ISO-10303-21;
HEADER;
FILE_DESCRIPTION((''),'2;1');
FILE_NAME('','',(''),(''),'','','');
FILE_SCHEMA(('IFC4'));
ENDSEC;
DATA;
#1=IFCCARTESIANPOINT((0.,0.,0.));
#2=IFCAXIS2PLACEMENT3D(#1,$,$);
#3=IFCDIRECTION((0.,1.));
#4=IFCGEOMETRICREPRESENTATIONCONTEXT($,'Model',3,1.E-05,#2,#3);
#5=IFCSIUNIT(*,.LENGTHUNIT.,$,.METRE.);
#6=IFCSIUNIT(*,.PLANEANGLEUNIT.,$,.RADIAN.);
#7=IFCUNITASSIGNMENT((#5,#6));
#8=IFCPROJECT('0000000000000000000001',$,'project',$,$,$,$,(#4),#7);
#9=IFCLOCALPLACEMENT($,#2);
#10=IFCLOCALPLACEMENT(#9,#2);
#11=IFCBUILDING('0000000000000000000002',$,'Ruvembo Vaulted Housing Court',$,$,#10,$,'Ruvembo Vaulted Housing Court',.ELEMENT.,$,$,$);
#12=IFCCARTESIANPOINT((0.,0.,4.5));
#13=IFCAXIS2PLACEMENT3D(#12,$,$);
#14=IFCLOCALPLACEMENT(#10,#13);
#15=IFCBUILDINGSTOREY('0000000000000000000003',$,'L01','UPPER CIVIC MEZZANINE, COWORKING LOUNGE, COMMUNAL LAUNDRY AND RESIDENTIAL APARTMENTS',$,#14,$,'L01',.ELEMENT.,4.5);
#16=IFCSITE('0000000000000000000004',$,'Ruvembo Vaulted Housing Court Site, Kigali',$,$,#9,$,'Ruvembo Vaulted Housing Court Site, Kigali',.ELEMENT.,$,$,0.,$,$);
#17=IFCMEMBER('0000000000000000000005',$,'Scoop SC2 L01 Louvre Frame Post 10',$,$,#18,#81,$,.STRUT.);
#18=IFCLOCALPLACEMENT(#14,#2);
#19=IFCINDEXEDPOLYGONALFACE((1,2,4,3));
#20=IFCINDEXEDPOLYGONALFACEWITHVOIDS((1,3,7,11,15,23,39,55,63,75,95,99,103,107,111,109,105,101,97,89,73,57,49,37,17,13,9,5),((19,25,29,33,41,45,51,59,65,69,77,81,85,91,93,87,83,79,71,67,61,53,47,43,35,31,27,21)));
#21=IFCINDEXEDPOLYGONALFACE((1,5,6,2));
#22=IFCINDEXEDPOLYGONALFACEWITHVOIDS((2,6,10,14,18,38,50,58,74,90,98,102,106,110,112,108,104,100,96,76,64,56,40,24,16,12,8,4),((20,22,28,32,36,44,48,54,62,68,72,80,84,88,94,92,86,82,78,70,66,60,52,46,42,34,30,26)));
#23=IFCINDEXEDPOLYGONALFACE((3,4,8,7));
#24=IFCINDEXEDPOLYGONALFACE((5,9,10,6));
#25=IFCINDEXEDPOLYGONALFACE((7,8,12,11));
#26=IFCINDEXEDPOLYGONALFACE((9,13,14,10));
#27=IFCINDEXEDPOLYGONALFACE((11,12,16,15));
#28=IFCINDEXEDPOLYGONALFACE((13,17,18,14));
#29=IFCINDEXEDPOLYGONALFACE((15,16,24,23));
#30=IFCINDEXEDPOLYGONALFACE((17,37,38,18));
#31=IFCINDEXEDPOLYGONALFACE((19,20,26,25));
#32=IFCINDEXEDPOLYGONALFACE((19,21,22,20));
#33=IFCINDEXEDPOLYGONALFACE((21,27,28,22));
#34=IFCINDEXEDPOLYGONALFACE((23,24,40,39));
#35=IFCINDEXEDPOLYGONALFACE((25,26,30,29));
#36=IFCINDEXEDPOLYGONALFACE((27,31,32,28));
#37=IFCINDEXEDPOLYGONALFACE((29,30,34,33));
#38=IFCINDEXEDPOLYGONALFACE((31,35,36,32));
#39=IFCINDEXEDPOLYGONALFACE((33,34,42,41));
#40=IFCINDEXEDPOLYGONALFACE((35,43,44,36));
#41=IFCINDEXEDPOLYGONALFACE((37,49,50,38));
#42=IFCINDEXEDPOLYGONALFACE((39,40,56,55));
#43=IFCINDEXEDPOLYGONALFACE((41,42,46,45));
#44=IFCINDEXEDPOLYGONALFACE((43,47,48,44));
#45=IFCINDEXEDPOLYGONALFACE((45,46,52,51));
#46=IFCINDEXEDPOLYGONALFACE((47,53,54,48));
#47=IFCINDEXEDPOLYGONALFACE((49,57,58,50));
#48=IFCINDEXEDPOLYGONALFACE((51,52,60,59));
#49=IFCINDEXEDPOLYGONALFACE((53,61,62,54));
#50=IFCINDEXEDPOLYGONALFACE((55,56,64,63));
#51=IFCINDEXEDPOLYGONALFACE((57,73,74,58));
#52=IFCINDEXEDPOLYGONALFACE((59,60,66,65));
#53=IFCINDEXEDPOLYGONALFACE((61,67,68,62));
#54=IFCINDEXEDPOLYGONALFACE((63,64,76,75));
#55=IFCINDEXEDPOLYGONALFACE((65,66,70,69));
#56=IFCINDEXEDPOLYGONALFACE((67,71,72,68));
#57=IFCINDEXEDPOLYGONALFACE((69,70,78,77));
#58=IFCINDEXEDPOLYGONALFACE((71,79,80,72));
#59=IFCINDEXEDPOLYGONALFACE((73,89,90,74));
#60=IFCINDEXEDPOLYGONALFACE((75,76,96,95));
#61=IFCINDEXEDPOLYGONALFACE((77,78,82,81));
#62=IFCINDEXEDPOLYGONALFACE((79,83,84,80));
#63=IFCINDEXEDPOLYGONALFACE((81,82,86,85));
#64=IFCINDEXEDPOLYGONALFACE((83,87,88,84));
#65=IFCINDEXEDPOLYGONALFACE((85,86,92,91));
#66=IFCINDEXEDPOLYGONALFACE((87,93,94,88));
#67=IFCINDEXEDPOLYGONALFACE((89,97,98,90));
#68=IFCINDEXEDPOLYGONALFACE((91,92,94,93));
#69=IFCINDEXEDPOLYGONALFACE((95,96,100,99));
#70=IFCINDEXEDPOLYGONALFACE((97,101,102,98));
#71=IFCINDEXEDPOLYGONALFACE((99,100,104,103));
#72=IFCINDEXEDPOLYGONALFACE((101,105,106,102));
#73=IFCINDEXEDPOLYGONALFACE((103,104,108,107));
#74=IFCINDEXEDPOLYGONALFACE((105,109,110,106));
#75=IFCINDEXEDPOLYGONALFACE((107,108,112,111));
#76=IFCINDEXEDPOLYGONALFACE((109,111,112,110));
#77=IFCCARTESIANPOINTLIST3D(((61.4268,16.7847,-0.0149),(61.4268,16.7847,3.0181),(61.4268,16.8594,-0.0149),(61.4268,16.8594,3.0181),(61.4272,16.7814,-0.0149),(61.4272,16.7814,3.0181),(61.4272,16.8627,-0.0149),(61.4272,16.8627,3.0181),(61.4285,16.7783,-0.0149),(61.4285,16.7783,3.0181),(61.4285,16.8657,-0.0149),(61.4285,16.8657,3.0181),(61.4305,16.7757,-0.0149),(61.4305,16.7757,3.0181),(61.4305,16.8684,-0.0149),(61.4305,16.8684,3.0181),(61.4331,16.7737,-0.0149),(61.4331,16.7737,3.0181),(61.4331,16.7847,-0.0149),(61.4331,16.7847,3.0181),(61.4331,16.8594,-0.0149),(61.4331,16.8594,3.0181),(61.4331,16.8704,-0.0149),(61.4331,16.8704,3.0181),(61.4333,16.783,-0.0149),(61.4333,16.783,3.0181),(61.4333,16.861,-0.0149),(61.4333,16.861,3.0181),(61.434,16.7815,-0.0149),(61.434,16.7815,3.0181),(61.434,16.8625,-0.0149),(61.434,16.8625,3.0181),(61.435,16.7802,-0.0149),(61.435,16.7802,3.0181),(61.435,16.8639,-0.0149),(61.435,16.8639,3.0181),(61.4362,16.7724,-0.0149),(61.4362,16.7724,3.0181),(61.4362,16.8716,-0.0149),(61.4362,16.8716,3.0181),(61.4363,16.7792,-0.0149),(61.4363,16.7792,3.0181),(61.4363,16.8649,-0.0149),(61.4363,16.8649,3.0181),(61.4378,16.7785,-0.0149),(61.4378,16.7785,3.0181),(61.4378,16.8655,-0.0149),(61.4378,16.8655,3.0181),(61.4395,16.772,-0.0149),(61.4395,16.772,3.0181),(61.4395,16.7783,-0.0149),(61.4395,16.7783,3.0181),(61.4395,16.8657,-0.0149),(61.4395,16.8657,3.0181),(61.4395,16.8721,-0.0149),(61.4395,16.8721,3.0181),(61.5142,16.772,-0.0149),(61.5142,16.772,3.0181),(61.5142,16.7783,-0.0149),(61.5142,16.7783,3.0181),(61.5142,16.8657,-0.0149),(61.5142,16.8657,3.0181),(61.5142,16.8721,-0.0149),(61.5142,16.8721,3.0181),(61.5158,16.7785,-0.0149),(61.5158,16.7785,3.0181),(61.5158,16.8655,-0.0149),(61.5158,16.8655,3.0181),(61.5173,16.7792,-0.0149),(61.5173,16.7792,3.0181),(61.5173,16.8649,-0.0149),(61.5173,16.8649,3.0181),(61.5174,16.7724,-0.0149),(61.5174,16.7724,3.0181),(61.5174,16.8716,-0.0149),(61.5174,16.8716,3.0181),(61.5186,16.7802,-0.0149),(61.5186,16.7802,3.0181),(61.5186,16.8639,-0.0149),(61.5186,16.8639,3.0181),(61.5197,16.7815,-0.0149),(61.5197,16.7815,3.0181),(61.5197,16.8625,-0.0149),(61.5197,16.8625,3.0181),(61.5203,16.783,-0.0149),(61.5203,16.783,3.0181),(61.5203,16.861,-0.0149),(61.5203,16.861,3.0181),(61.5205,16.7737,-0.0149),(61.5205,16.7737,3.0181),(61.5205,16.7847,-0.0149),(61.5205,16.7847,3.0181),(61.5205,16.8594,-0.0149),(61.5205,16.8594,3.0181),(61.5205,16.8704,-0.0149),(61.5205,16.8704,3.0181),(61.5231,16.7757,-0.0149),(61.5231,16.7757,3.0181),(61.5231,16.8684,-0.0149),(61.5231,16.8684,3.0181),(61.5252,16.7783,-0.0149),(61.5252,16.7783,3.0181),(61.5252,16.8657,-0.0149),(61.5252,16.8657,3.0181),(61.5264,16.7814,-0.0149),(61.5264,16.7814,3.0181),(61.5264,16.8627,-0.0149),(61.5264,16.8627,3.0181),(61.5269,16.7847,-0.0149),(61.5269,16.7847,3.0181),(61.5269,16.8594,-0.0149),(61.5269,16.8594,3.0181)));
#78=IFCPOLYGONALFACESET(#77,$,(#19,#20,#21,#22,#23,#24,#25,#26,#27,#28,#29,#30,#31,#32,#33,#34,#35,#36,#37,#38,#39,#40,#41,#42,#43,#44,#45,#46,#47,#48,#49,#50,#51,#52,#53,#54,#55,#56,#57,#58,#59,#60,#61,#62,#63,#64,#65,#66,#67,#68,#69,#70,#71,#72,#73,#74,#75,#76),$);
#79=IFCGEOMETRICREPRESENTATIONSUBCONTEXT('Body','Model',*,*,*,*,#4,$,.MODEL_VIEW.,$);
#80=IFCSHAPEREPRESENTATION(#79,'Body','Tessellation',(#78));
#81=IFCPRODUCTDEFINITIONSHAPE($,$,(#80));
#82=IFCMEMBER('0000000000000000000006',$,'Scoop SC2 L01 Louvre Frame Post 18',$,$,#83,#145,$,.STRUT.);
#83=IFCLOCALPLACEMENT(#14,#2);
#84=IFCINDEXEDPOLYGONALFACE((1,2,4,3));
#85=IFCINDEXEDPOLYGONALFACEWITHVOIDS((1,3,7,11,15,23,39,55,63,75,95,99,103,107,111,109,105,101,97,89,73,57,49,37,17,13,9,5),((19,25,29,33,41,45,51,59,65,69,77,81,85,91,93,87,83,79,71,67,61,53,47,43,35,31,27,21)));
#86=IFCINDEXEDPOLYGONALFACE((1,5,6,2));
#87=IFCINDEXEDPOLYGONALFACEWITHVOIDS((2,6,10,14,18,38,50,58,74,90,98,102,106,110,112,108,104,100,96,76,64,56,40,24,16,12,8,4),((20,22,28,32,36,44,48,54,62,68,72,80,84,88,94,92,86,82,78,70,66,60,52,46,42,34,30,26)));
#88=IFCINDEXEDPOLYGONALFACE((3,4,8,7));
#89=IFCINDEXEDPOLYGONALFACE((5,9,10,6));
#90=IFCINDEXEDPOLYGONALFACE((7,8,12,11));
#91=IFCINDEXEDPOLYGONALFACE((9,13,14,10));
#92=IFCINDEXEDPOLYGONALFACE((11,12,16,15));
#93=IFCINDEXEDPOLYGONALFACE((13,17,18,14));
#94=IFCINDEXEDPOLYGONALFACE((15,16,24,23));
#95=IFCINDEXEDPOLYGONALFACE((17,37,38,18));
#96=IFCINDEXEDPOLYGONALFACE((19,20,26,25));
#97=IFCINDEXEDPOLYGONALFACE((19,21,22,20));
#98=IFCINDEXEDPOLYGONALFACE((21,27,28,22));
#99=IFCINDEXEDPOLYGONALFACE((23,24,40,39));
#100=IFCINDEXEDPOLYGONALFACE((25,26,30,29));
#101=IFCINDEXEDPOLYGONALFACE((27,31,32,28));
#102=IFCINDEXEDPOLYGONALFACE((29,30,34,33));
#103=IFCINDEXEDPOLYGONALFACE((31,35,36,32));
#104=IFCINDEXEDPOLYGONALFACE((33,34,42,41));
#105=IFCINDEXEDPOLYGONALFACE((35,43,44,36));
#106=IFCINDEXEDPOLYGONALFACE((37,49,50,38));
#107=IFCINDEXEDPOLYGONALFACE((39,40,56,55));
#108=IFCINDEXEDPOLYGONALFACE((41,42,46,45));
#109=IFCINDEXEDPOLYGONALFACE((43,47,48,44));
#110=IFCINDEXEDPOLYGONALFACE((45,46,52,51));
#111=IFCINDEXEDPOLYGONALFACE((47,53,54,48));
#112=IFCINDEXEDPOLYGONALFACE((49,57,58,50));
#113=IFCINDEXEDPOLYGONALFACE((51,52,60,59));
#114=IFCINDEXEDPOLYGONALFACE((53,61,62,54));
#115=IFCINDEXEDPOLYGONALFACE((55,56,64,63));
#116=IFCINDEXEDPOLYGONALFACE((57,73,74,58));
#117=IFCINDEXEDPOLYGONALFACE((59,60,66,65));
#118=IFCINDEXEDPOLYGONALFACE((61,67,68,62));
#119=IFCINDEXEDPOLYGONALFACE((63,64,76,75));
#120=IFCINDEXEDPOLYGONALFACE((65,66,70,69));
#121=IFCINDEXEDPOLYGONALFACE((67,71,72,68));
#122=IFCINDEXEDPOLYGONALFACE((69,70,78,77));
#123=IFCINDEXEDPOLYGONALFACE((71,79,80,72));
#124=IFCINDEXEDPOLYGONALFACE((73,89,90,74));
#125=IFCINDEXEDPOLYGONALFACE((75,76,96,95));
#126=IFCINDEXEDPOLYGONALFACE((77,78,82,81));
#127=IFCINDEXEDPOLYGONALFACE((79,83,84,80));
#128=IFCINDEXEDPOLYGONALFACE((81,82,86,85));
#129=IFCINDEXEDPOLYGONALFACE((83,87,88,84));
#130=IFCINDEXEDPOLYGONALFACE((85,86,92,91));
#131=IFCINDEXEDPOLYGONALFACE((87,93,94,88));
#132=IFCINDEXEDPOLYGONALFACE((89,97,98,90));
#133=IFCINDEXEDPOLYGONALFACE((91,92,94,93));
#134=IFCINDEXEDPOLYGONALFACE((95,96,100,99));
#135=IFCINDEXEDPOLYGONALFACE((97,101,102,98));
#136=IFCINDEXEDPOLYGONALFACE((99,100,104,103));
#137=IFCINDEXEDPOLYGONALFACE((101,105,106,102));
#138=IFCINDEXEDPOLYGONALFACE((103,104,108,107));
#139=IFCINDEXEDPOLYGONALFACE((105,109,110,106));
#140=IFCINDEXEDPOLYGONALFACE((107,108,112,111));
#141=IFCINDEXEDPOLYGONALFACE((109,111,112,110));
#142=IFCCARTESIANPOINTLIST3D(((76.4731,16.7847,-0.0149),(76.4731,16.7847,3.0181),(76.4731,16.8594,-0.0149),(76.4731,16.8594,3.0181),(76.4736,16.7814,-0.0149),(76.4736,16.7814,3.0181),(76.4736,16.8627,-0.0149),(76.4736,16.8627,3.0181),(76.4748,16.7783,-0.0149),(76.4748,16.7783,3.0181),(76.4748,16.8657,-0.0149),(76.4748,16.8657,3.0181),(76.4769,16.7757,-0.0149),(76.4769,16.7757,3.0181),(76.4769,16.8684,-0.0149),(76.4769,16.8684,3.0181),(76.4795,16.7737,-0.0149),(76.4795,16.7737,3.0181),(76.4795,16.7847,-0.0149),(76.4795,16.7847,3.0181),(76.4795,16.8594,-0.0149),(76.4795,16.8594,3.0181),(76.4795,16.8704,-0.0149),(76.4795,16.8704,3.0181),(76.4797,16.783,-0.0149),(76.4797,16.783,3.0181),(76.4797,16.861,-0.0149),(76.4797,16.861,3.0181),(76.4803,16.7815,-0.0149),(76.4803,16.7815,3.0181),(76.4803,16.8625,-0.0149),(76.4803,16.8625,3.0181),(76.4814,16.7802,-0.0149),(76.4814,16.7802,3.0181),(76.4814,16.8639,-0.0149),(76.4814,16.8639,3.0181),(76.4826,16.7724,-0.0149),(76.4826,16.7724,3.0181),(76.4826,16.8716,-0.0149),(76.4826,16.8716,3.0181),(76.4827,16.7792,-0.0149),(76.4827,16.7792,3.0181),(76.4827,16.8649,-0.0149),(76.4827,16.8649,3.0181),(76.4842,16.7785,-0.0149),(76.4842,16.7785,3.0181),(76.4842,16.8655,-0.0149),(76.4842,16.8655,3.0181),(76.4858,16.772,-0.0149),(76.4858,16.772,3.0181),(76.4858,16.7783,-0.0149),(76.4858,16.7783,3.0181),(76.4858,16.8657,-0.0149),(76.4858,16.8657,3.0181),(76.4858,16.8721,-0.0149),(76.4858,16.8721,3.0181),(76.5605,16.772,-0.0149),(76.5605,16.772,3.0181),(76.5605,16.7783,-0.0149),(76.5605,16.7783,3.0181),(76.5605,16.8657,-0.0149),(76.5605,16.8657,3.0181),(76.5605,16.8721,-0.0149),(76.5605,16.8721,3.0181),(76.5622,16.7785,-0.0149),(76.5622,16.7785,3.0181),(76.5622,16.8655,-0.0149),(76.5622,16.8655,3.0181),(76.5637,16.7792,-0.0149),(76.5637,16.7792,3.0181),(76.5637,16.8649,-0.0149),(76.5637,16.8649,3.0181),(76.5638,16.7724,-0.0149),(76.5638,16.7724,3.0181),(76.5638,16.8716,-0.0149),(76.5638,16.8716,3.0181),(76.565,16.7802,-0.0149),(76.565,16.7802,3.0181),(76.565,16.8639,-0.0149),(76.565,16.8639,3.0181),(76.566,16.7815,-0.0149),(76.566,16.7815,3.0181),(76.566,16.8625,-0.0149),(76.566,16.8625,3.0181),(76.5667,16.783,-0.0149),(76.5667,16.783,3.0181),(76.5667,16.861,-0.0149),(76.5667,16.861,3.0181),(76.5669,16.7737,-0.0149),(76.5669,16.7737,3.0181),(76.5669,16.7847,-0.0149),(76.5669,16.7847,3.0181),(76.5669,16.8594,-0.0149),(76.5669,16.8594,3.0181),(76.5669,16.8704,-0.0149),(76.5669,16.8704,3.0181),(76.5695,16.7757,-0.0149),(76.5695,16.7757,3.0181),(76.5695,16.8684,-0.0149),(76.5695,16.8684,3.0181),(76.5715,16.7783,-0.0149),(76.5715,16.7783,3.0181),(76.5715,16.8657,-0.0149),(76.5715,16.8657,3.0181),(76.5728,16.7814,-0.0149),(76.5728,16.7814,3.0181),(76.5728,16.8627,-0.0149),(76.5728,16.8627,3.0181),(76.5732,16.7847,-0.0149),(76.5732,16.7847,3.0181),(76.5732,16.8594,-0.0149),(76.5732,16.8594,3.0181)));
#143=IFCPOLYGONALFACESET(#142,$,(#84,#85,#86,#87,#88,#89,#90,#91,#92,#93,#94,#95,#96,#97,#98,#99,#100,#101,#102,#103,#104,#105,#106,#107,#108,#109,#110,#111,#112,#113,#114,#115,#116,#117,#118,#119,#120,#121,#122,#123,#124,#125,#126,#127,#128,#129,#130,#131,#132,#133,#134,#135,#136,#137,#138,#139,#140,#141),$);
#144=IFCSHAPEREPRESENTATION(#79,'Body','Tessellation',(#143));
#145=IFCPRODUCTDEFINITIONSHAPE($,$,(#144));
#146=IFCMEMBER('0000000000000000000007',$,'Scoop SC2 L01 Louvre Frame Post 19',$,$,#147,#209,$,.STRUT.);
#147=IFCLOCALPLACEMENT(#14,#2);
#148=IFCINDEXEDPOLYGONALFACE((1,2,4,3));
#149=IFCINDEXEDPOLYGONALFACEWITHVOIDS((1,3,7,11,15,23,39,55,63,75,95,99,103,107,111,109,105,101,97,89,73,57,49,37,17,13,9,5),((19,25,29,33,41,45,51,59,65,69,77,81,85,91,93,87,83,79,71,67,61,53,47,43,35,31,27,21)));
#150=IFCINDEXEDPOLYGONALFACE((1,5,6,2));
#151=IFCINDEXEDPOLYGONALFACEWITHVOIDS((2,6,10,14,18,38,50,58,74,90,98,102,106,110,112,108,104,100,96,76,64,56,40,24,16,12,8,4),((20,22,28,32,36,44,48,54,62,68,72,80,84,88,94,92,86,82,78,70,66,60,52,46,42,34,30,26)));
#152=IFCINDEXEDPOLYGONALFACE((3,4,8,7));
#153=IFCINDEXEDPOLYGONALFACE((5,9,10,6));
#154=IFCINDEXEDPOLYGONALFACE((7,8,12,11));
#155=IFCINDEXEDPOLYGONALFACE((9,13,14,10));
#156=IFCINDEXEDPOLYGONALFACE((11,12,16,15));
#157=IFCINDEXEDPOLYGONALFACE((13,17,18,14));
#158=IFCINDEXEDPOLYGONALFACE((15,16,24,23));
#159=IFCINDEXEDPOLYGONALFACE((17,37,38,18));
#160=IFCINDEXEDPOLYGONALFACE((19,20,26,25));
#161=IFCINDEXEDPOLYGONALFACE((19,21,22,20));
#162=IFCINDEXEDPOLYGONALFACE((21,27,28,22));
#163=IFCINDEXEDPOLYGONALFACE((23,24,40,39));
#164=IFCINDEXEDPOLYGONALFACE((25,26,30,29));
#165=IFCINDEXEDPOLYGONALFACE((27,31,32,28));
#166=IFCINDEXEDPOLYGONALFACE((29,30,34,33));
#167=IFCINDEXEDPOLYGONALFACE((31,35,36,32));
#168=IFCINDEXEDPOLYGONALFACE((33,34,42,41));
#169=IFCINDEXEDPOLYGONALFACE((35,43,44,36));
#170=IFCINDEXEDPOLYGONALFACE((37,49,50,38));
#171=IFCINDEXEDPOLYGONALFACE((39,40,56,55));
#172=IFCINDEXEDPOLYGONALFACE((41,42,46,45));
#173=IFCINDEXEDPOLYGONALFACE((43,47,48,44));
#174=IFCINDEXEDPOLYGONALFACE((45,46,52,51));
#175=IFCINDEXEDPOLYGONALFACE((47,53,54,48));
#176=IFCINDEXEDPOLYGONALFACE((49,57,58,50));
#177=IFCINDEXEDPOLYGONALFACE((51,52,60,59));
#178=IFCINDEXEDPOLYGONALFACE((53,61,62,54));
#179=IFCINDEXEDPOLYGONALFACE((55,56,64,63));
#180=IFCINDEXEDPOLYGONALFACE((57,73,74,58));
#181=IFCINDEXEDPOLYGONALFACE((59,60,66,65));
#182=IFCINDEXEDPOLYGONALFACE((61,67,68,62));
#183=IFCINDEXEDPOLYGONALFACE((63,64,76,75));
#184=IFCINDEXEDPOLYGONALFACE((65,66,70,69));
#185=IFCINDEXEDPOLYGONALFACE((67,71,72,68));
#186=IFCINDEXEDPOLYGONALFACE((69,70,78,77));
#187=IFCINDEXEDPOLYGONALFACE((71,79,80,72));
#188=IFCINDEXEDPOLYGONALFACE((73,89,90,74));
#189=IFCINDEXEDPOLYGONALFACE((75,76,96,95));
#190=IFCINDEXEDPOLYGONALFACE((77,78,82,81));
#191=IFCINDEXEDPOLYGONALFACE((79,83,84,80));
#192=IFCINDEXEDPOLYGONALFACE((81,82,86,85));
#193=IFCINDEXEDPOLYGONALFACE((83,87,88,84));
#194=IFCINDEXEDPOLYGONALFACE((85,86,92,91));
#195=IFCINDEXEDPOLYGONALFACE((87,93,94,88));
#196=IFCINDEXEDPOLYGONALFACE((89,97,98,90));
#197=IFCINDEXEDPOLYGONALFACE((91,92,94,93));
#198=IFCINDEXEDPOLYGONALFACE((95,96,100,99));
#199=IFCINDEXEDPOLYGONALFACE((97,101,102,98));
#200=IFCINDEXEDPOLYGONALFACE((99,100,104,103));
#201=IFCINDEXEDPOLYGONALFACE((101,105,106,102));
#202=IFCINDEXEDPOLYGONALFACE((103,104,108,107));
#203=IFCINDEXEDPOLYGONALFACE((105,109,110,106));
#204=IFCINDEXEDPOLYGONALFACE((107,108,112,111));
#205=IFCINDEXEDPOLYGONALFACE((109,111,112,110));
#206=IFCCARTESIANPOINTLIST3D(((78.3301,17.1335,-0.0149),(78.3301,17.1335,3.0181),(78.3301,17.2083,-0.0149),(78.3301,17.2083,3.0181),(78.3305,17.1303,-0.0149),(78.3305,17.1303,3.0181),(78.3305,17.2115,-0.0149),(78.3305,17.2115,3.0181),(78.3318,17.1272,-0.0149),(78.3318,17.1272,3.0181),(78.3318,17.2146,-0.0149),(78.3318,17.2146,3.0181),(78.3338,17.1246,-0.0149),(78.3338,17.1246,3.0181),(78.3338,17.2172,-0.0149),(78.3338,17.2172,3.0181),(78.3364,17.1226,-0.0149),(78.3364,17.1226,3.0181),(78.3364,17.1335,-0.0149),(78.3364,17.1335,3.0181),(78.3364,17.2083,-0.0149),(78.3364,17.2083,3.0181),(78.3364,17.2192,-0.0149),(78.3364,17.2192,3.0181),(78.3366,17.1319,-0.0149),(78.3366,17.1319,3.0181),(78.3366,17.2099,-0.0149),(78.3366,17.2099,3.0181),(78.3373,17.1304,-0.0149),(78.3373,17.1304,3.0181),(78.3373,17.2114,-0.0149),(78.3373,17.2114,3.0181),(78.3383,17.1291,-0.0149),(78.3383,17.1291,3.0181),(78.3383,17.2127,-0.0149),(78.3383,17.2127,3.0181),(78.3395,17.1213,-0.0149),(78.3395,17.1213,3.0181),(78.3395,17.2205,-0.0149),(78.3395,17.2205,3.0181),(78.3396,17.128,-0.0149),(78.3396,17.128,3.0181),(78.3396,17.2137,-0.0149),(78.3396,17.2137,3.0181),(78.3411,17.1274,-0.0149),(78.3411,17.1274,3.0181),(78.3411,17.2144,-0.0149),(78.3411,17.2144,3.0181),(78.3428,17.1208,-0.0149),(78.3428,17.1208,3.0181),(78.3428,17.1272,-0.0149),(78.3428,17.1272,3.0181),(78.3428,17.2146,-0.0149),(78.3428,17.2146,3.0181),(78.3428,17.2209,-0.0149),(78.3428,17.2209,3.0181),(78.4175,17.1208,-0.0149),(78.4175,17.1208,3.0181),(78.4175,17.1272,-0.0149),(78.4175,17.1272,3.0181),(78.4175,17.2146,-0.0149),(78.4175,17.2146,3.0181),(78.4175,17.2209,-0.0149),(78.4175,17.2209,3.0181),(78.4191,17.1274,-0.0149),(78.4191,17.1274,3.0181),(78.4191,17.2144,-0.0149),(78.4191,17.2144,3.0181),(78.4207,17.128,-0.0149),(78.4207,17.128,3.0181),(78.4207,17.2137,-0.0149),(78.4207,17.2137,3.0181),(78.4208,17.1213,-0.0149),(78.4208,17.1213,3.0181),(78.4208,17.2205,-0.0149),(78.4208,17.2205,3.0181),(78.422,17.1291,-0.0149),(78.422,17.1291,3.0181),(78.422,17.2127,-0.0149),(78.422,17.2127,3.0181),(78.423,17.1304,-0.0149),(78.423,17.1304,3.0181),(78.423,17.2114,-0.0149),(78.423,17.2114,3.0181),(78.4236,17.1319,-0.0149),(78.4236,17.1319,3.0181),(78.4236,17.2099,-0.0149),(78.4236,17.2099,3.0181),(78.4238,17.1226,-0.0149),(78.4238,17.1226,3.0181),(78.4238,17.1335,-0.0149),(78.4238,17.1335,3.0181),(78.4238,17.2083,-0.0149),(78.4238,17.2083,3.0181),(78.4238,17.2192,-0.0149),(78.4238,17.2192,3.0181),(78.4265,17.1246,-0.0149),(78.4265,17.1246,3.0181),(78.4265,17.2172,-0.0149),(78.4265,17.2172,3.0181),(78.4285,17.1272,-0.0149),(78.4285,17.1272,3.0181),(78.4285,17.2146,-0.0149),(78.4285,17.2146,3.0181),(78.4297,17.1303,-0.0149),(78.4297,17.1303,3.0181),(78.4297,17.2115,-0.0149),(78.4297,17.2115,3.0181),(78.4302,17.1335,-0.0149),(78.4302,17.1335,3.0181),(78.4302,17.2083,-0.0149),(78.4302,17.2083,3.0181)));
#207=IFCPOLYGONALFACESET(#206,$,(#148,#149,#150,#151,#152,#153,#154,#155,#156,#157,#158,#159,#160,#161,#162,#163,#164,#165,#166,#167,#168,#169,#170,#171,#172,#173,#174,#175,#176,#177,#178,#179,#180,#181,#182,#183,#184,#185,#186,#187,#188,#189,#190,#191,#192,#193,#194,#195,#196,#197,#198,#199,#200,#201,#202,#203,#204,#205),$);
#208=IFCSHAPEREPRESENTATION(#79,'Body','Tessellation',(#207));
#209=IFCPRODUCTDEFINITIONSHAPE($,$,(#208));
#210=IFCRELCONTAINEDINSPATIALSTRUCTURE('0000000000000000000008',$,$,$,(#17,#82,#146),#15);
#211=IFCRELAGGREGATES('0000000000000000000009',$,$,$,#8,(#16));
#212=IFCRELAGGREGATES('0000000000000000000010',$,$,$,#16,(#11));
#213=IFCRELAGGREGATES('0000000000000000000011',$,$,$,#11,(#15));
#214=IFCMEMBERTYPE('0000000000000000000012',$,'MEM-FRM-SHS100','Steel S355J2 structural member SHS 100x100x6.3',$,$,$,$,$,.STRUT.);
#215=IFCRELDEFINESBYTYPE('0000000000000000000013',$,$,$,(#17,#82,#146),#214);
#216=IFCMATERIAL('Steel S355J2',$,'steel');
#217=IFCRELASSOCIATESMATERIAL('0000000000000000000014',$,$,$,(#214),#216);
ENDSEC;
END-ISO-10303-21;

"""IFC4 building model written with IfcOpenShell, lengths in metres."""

from ifc_helpers import new_model, si_unit, direction, frame, origin, origin_2d, place, context, subcontext, project, spatial, hollow_rectangle, extrude, material, material_profile, profile_set, type_object, element, save


model = new_model("IFC4")

# Units and contexts
model_context = context("Model", 3, precision=1e-05, world=origin(), true_north=direction((0.0, 1.0)))
body_context = subcontext(model_context, "Body", "Model", "MODEL_VIEW")
ifc_project = project(units=[si_unit("LENGTHUNIT", "METRE"), si_unit("PLANEANGLEUNIT", "RADIAN")], contexts=[model_context])

# Site, building, storey
site_placement = place(None, origin())
site = spatial("IfcSite", under=ifc_project, at=site_placement, Name="Ruvembo Vaulted Housing Court Site, Kigali", LongName="Ruvembo Vaulted Housing Court Site, Kigali", CompositionType="ELEMENT", RefElevation=0.0)
building_placement = place(site_placement, origin())
building = spatial("IfcBuilding", under=site, at=building_placement, Name="Ruvembo Vaulted Housing Court", LongName="Ruvembo Vaulted Housing Court", CompositionType="ELEMENT")
storey_placement = place(building_placement, frame((0.0, 0.0, 4.5)))
storey = spatial("IfcBuildingStorey", under=building, at=storey_placement, Name="L01", Description="UPPER CIVIC MEZZANINE, COWORKING LOUNGE, COMMUNAL LAUNDRY AND RESIDENTIAL APARTMENTS", LongName="L01", CompositionType="ELEMENT", Elevation=4.5)

# Shared definitions
ifc_material_1 = material(Name="Steel S355J2", Category="steel")

# Members
ifc_material_profile_1 = material_profile(ifc_material_1, hollow_rectangle(XDim=0.1001, YDim=0.1001, WallThickness=0.0063, InnerFilletRadius=0.0063, OuterFilletRadius=0.0127, at=origin_2d()), Name="SHS 100x100x6.3")
ifc_profile_set_1 = profile_set([ifc_material_profile_1], Name="Steel S355J2")
member_type_1 = type_object("IfcMemberType", Name="MEM-FRM-SHS100", Description="Steel S355J2 structural member SHS 100x100x6.3", PredefinedType="STRUT", material=ifc_profile_set_1)
for number, where, z_axis, x_axis, name in (
    (1, (61.4768, 16.822, -0.0149), (0.0, 0.0, 1.0), (1.0, 0.0, 0.0), "Scoop SC2 L01 Louvre Frame Post 10"),
    (2, (76.5232, 16.822, -0.0149), (0.0, 0.0, 1.0), (1.0, 0.0, 0.0), "Scoop SC2 L01 Louvre Frame Post 18"),
    (3, (78.3801, 17.1709, -0.0149), (0.0, 0.0, 1.0), (1.0, 0.0, 0.0), "Scoop SC2 L01 Louvre Frame Post 19"),
):
    element("IfcMember", number, at=place(storey_placement, frame(where, z_axis=z_axis, x_axis=x_axis)), inside=storey, type_object=member_type_1, Name=name, PredefinedType="STRUT", context=body_context, shape_type="SweptSolid", body=[
        extrude(hollow_rectangle(XDim=0.1001, YDim=0.1001, WallThickness=0.0063, InnerFilletRadius=0.0063, OuterFilletRadius=0.0127, at=origin_2d()), origin(), (0.0, 0.0, 1.0), 3.033),
    ])

save(model, "model.ifc")
